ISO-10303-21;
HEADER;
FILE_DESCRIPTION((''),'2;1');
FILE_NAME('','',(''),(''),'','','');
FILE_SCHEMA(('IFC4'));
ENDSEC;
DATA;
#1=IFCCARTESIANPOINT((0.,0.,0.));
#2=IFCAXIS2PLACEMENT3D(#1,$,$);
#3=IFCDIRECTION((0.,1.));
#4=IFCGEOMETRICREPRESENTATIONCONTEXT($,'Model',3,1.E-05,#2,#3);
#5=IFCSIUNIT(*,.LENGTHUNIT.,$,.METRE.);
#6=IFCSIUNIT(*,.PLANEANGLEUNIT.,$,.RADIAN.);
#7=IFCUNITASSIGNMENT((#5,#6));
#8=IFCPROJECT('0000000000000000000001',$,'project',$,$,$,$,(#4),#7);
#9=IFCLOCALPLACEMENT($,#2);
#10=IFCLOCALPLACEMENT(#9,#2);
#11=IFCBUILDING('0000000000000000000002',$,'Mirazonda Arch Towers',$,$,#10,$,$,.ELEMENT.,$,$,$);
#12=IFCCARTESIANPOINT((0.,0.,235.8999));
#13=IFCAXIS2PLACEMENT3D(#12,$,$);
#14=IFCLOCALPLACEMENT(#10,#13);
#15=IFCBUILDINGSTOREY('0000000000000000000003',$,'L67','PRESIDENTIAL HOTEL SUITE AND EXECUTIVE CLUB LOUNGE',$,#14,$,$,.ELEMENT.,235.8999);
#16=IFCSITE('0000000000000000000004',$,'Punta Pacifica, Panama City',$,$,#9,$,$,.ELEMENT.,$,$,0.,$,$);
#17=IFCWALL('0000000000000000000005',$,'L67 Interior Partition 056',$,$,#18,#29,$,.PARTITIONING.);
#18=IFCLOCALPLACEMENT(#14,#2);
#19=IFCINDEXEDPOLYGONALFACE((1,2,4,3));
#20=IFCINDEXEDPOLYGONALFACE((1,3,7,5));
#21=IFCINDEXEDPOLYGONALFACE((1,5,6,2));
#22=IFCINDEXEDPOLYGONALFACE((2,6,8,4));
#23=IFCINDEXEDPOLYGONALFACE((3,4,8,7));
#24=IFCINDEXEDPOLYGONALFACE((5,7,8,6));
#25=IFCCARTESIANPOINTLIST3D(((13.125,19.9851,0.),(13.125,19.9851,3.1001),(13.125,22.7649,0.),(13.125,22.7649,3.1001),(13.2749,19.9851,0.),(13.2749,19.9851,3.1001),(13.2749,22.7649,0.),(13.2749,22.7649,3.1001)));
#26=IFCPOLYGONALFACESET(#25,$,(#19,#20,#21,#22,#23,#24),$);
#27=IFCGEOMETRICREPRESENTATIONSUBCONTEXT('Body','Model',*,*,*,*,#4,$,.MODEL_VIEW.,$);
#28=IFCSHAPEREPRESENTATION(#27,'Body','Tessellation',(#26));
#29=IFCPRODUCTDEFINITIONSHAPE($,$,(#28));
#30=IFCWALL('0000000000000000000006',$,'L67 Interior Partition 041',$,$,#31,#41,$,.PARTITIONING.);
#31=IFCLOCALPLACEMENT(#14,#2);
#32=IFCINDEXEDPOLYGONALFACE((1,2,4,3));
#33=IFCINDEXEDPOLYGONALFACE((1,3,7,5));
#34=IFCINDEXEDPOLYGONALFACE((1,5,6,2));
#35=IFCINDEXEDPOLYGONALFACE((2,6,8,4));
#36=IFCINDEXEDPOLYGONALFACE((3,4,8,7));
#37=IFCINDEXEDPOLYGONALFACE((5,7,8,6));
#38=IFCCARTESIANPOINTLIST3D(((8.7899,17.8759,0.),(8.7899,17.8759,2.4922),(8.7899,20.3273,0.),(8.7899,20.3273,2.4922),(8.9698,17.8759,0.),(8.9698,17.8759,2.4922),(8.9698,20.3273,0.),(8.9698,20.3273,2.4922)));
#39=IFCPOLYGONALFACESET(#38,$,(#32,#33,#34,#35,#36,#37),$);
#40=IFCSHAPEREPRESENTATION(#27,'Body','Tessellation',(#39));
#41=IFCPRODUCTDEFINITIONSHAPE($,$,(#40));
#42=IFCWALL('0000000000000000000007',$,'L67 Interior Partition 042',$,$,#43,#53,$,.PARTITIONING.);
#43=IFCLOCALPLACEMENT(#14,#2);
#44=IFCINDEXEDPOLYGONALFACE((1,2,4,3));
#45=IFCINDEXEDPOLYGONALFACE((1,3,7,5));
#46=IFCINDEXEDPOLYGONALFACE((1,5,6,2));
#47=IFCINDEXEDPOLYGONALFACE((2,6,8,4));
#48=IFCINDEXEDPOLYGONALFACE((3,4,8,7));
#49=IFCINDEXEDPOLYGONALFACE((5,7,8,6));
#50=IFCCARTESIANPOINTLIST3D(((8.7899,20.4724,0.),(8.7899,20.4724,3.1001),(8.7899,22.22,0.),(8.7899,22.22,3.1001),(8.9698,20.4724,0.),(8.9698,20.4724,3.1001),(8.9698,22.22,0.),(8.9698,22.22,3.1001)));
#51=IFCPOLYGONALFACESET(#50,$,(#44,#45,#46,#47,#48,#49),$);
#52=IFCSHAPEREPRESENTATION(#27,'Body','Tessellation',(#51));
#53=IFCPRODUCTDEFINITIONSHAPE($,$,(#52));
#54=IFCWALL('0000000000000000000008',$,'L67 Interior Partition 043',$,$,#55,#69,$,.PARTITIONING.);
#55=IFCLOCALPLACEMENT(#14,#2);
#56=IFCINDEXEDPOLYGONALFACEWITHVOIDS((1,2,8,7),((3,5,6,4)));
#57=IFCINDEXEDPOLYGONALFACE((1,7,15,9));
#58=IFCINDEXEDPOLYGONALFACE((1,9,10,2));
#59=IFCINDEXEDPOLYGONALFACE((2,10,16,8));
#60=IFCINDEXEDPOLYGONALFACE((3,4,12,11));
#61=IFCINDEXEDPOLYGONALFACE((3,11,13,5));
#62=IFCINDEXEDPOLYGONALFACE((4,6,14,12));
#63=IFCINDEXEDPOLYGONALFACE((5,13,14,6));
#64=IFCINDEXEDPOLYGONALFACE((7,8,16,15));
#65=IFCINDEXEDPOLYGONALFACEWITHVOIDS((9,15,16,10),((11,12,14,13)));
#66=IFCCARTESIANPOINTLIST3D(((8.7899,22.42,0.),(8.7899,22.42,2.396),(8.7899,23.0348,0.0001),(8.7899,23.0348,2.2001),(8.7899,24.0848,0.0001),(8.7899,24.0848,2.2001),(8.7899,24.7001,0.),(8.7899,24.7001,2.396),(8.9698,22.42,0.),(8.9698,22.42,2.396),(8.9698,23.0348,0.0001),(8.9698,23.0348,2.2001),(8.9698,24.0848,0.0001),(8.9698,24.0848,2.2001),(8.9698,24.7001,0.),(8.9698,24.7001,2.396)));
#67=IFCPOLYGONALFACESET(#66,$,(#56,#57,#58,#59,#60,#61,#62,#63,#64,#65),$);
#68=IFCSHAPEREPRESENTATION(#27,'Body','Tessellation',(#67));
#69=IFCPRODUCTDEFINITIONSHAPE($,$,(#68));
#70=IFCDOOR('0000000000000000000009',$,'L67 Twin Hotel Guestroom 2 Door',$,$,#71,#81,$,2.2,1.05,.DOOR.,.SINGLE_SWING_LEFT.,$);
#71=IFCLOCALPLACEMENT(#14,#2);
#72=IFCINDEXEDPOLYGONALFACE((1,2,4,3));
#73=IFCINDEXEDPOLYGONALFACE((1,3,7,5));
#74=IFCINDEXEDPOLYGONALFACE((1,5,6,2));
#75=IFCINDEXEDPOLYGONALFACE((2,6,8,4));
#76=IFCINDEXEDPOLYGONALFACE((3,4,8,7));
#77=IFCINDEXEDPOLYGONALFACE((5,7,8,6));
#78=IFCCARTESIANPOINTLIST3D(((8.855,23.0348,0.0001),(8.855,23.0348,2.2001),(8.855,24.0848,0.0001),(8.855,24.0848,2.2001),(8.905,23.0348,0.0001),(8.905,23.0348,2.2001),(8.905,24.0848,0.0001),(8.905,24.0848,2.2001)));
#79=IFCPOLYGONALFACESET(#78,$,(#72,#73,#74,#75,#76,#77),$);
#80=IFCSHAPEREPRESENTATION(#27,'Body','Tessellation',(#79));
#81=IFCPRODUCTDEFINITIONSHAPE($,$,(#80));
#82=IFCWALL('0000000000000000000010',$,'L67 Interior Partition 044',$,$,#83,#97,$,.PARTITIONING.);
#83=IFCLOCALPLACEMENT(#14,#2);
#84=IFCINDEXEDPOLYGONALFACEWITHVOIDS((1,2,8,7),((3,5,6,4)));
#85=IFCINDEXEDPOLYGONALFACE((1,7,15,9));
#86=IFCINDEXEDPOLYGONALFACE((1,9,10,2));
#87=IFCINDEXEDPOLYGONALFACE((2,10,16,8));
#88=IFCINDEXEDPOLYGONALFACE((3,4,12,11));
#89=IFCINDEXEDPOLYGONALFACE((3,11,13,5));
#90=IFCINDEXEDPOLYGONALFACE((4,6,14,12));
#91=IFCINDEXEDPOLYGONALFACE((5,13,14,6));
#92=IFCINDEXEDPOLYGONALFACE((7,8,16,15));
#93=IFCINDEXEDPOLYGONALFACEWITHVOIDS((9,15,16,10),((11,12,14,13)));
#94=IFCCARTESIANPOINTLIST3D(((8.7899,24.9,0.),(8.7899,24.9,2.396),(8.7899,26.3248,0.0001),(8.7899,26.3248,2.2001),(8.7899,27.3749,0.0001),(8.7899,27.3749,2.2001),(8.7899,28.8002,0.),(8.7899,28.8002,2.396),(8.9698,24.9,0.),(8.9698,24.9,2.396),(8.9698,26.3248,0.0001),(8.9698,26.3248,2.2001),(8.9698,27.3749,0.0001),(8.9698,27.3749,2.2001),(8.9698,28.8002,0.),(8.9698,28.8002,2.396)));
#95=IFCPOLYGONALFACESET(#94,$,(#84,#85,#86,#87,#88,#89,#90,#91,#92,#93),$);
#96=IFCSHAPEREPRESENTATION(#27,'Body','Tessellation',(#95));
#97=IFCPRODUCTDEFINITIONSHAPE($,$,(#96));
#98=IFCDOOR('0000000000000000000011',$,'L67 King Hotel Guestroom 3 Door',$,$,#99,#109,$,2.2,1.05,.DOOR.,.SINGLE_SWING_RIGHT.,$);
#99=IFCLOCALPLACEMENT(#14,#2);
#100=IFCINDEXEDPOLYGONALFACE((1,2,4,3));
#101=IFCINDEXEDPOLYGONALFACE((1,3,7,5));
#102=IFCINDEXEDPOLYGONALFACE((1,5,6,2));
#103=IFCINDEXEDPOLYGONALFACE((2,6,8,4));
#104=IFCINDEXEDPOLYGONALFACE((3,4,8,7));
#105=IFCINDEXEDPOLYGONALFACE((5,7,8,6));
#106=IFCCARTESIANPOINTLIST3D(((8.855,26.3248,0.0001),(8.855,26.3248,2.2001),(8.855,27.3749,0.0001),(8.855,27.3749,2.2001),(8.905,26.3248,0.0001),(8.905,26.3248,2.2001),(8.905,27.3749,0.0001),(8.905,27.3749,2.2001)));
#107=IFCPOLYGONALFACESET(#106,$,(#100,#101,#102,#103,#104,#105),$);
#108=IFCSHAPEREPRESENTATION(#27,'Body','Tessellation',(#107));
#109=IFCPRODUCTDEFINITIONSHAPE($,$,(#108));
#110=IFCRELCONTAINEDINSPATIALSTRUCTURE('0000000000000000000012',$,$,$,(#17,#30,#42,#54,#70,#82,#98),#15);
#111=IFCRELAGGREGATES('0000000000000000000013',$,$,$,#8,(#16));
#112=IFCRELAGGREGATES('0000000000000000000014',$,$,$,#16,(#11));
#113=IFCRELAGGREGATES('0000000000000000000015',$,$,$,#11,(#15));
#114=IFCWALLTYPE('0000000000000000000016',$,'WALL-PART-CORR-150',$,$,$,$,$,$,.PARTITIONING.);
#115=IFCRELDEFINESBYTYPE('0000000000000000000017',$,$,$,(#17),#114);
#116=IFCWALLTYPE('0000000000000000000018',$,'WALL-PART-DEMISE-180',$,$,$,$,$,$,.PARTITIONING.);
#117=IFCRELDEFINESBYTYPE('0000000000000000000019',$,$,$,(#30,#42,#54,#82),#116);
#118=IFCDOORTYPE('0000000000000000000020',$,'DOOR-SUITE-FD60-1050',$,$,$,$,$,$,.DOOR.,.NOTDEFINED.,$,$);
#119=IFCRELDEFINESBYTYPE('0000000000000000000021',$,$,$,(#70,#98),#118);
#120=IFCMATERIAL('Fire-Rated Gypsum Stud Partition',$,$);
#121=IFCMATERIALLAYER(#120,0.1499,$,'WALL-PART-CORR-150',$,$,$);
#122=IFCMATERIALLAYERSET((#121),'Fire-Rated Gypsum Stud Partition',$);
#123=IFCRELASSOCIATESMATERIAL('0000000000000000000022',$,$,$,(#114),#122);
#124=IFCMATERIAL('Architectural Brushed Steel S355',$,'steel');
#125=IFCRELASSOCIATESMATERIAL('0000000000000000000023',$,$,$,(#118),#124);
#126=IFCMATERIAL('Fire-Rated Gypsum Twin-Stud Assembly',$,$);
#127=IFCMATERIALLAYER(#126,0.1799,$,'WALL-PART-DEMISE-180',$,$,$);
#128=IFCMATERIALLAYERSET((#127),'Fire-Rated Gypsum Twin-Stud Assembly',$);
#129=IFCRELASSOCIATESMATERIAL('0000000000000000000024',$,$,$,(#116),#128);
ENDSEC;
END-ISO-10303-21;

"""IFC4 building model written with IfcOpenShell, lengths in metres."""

from ifc_helpers import new_model, si_unit, direction, frame, frame_2d, origin, place, context, subcontext, project, spatial, rectangle, extrude, material, layer, layer_set, type_object, element, fill, save


model = new_model("IFC4")

# Units and contexts
model_context = context("Model", 3, precision=1e-05, world=origin(), true_north=direction((0.0, 1.0)))
body_context = subcontext(model_context, "Body", "Model", "MODEL_VIEW")
ifc_project = project(units=[si_unit("LENGTHUNIT", "METRE"), si_unit("PLANEANGLEUNIT", "RADIAN")], contexts=[model_context])

# Site, building, storey
site_placement = place(None, origin())
site = spatial("IfcSite", under=ifc_project, at=site_placement, Name="Punta Pacifica, Panama City", CompositionType="ELEMENT", RefElevation=0.0)
building_placement = place(site_placement, origin())
building = spatial("IfcBuilding", under=site, at=building_placement, Name="Mirazonda Arch Towers", CompositionType="ELEMENT")
storey_placement = place(building_placement, frame((0.0, 0.0, 235.8999)))
storey = spatial("IfcBuildingStorey", under=building, at=storey_placement, Name="L67", Description="PRESIDENTIAL HOTEL SUITE AND EXECUTIVE CLUB LOUNGE", CompositionType="ELEMENT", Elevation=235.8999)

# Shared definitions
ifc_material_1 = material(Name="Architectural Brushed Steel S355", Category="steel")

# Shared definitions
ifc_material_2 = material(Name="Fire-Rated Gypsum Stud Partition")
ifc_layer_1 = layer(ifc_material_2, 0.1499, Name="WALL-PART-CORR-150")
ifc_layer_set_1 = layer_set([ifc_layer_1], Name="Fire-Rated Gypsum Stud Partition")
wall_type_1 = type_object("IfcWallType", Name="WALL-PART-CORR-150", PredefinedType="PARTITIONING", material=ifc_layer_set_1)

# Shared definitions
door_type_1 = type_object("IfcDoorType", Name="DOOR-SUITE-FD60-1050", OperationType="NOTDEFINED", PredefinedType="DOOR", material=ifc_material_1)

# Walls
wall_1_placement = place(storey_placement, frame((13.2, 19.9851, 0.0), z_axis=(0.0, 0.0, 1.0), x_axis=(0.0, 1.0, 0.0)))
element("IfcWall", 1, at=wall_1_placement, inside=storey, type_object=wall_type_1, Name="L67 Interior Partition 056", PredefinedType="PARTITIONING", context=body_context, shape_type="SweptSolid", body=[
    extrude(rectangle(XDim=2.7798, YDim=0.1499, at=frame_2d((1.3899, 0.0))), origin(), (0.0, 0.0, 1.0), 3.1001),
])
ifc_material_3 = material(Name="Fire-Rated Gypsum Twin-Stud Assembly")
ifc_layer_2 = layer(ifc_material_3, 0.1799, Name="WALL-PART-DEMISE-180")
ifc_layer_set_2 = layer_set([ifc_layer_2], Name="Fire-Rated Gypsum Twin-Stud Assembly")
wall_type_2 = type_object("IfcWallType", Name="WALL-PART-DEMISE-180", PredefinedType="PARTITIONING", material=ifc_layer_set_2)
wall_2_placement = place(storey_placement, frame((8.8799, 17.876, 0.0), z_axis=(0.0, 0.0, 1.0), x_axis=(0.0, 1.0, 0.0)))
element("IfcWall", 2, at=wall_2_placement, inside=storey, type_object=wall_type_2, Name="L67 Interior Partition 041", PredefinedType="PARTITIONING", context=body_context, shape_type="SweptSolid", body=[
    extrude(rectangle(XDim=2.4514, YDim=0.1799, at=frame_2d((1.2256, 0.0))), origin(), (0.0, 0.0, 1.0), 2.4922),
])
wall_3_placement = place(storey_placement, frame((8.8799, 20.4724, 0.0), z_axis=(0.0, 0.0, 1.0), x_axis=(0.0, 1.0, 0.0)))
element("IfcWall", 3, at=wall_3_placement, inside=storey, type_object=wall_type_2, Name="L67 Interior Partition 042", PredefinedType="PARTITIONING", context=body_context, shape_type="SweptSolid", body=[
    extrude(rectangle(XDim=1.7476, YDim=0.1799, at=frame_2d((0.8738, 0.0))), origin(), (0.0, 0.0, 1.0), 3.1001),
])

# Walls, openings, doors
wall_4_placement = place(storey_placement, frame((8.8799, 22.4199, 0.0), z_axis=(0.0, 0.0, 1.0), x_axis=(0.0, 1.0, 0.0)))
wall_4 = element("IfcWall", 4, at=wall_4_placement, inside=storey, type_object=wall_type_2, Name="L67 Interior Partition 043", PredefinedType="PARTITIONING", context=body_context, shape_type="SweptSolid", body=[
    extrude(rectangle(XDim=2.28, YDim=0.1799, at=frame_2d((1.1401, 0.0))), origin(), (0.0, 0.0, 1.0), 2.396),
])
opening_1_placement = place(wall_4_placement, frame((0.615, 0.0, 0.0)))
opening_1 = element("IfcOpeningElement", 5, at=opening_1_placement, cuts=wall_4, PredefinedType="OPENING", context=body_context, shape_type="SweptSolid", body=[
    extrude(rectangle(XDim=1.05, YDim=2.2, at=frame_2d((0.5249, 1.1001))), frame((0.0, 0.0999, 0.0), z_axis=(0.0, -1.0, 0.0), x_axis=(1.0, 0.0, 0.0)), (0.0, 0.0, 1.0), 0.2),
])
door_1_placement = place(opening_1_placement, origin())
door_1 = element("IfcDoor", 6, at=door_1_placement, inside=storey, type_object=door_type_1, Name="L67 Twin Hotel Guestroom 2 Door", OperationType="SINGLE_SWING_LEFT", OverallHeight=2.2, OverallWidth=1.05, PredefinedType="DOOR", context=body_context, shape_type="SweptSolid", body=[
    extrude(rectangle(XDim=1.05, YDim=2.2, at=frame_2d((0.5249, 1.1001))), frame((0.0, 0.0249, 0.0), z_axis=(0.0, -1.0, 0.0), x_axis=(1.0, 0.0, 0.0)), (0.0, 0.0, 1.0), 0.05),
])
fill(opening_1, door_1)
wall_5_placement = place(storey_placement, frame((8.8799, 24.8999, 0.0), z_axis=(0.0, 0.0, 1.0), x_axis=(0.0, 1.0, 0.0)))
wall_5 = element("IfcWall", 7, at=wall_5_placement, inside=storey, type_object=wall_type_2, Name="L67 Interior Partition 044", PredefinedType="PARTITIONING", context=body_context, shape_type="SweptSolid", body=[
    extrude(rectangle(XDim=3.9001, YDim=0.1799, at=frame_2d((1.9502, 0.0))), origin(), (0.0, 0.0, 1.0), 2.396),
])
opening_2_placement = place(wall_5_placement, frame((1.425, 0.0, 0.0)))
opening_2 = element("IfcOpeningElement", 8, at=opening_2_placement, cuts=wall_5, PredefinedType="OPENING", context=body_context, shape_type="SweptSolid", body=[
    extrude(rectangle(XDim=1.05, YDim=2.2, at=frame_2d((0.5249, 1.1001))), frame((0.0, 0.0999, 0.0), z_axis=(0.0, -1.0, 0.0), x_axis=(1.0, 0.0, 0.0)), (0.0, 0.0, 1.0), 0.2),
])
door_2_placement = place(opening_2_placement, origin())
door_2 = element("IfcDoor", 9, at=door_2_placement, inside=storey, type_object=door_type_1, Name="L67 King Hotel Guestroom 3 Door", OperationType="SINGLE_SWING_RIGHT", OverallHeight=2.2, OverallWidth=1.05, PredefinedType="DOOR", context=body_context, shape_type="SweptSolid", body=[
    extrude(rectangle(XDim=1.05, YDim=2.2, at=frame_2d((0.5249, 1.1001))), frame((0.0, 0.0249, 0.0), z_axis=(0.0, -1.0, 0.0), x_axis=(1.0, 0.0, 0.0)), (0.0, 0.0, 1.0), 0.05),
])
fill(opening_2, door_2)

save(model, "model.ifc")
